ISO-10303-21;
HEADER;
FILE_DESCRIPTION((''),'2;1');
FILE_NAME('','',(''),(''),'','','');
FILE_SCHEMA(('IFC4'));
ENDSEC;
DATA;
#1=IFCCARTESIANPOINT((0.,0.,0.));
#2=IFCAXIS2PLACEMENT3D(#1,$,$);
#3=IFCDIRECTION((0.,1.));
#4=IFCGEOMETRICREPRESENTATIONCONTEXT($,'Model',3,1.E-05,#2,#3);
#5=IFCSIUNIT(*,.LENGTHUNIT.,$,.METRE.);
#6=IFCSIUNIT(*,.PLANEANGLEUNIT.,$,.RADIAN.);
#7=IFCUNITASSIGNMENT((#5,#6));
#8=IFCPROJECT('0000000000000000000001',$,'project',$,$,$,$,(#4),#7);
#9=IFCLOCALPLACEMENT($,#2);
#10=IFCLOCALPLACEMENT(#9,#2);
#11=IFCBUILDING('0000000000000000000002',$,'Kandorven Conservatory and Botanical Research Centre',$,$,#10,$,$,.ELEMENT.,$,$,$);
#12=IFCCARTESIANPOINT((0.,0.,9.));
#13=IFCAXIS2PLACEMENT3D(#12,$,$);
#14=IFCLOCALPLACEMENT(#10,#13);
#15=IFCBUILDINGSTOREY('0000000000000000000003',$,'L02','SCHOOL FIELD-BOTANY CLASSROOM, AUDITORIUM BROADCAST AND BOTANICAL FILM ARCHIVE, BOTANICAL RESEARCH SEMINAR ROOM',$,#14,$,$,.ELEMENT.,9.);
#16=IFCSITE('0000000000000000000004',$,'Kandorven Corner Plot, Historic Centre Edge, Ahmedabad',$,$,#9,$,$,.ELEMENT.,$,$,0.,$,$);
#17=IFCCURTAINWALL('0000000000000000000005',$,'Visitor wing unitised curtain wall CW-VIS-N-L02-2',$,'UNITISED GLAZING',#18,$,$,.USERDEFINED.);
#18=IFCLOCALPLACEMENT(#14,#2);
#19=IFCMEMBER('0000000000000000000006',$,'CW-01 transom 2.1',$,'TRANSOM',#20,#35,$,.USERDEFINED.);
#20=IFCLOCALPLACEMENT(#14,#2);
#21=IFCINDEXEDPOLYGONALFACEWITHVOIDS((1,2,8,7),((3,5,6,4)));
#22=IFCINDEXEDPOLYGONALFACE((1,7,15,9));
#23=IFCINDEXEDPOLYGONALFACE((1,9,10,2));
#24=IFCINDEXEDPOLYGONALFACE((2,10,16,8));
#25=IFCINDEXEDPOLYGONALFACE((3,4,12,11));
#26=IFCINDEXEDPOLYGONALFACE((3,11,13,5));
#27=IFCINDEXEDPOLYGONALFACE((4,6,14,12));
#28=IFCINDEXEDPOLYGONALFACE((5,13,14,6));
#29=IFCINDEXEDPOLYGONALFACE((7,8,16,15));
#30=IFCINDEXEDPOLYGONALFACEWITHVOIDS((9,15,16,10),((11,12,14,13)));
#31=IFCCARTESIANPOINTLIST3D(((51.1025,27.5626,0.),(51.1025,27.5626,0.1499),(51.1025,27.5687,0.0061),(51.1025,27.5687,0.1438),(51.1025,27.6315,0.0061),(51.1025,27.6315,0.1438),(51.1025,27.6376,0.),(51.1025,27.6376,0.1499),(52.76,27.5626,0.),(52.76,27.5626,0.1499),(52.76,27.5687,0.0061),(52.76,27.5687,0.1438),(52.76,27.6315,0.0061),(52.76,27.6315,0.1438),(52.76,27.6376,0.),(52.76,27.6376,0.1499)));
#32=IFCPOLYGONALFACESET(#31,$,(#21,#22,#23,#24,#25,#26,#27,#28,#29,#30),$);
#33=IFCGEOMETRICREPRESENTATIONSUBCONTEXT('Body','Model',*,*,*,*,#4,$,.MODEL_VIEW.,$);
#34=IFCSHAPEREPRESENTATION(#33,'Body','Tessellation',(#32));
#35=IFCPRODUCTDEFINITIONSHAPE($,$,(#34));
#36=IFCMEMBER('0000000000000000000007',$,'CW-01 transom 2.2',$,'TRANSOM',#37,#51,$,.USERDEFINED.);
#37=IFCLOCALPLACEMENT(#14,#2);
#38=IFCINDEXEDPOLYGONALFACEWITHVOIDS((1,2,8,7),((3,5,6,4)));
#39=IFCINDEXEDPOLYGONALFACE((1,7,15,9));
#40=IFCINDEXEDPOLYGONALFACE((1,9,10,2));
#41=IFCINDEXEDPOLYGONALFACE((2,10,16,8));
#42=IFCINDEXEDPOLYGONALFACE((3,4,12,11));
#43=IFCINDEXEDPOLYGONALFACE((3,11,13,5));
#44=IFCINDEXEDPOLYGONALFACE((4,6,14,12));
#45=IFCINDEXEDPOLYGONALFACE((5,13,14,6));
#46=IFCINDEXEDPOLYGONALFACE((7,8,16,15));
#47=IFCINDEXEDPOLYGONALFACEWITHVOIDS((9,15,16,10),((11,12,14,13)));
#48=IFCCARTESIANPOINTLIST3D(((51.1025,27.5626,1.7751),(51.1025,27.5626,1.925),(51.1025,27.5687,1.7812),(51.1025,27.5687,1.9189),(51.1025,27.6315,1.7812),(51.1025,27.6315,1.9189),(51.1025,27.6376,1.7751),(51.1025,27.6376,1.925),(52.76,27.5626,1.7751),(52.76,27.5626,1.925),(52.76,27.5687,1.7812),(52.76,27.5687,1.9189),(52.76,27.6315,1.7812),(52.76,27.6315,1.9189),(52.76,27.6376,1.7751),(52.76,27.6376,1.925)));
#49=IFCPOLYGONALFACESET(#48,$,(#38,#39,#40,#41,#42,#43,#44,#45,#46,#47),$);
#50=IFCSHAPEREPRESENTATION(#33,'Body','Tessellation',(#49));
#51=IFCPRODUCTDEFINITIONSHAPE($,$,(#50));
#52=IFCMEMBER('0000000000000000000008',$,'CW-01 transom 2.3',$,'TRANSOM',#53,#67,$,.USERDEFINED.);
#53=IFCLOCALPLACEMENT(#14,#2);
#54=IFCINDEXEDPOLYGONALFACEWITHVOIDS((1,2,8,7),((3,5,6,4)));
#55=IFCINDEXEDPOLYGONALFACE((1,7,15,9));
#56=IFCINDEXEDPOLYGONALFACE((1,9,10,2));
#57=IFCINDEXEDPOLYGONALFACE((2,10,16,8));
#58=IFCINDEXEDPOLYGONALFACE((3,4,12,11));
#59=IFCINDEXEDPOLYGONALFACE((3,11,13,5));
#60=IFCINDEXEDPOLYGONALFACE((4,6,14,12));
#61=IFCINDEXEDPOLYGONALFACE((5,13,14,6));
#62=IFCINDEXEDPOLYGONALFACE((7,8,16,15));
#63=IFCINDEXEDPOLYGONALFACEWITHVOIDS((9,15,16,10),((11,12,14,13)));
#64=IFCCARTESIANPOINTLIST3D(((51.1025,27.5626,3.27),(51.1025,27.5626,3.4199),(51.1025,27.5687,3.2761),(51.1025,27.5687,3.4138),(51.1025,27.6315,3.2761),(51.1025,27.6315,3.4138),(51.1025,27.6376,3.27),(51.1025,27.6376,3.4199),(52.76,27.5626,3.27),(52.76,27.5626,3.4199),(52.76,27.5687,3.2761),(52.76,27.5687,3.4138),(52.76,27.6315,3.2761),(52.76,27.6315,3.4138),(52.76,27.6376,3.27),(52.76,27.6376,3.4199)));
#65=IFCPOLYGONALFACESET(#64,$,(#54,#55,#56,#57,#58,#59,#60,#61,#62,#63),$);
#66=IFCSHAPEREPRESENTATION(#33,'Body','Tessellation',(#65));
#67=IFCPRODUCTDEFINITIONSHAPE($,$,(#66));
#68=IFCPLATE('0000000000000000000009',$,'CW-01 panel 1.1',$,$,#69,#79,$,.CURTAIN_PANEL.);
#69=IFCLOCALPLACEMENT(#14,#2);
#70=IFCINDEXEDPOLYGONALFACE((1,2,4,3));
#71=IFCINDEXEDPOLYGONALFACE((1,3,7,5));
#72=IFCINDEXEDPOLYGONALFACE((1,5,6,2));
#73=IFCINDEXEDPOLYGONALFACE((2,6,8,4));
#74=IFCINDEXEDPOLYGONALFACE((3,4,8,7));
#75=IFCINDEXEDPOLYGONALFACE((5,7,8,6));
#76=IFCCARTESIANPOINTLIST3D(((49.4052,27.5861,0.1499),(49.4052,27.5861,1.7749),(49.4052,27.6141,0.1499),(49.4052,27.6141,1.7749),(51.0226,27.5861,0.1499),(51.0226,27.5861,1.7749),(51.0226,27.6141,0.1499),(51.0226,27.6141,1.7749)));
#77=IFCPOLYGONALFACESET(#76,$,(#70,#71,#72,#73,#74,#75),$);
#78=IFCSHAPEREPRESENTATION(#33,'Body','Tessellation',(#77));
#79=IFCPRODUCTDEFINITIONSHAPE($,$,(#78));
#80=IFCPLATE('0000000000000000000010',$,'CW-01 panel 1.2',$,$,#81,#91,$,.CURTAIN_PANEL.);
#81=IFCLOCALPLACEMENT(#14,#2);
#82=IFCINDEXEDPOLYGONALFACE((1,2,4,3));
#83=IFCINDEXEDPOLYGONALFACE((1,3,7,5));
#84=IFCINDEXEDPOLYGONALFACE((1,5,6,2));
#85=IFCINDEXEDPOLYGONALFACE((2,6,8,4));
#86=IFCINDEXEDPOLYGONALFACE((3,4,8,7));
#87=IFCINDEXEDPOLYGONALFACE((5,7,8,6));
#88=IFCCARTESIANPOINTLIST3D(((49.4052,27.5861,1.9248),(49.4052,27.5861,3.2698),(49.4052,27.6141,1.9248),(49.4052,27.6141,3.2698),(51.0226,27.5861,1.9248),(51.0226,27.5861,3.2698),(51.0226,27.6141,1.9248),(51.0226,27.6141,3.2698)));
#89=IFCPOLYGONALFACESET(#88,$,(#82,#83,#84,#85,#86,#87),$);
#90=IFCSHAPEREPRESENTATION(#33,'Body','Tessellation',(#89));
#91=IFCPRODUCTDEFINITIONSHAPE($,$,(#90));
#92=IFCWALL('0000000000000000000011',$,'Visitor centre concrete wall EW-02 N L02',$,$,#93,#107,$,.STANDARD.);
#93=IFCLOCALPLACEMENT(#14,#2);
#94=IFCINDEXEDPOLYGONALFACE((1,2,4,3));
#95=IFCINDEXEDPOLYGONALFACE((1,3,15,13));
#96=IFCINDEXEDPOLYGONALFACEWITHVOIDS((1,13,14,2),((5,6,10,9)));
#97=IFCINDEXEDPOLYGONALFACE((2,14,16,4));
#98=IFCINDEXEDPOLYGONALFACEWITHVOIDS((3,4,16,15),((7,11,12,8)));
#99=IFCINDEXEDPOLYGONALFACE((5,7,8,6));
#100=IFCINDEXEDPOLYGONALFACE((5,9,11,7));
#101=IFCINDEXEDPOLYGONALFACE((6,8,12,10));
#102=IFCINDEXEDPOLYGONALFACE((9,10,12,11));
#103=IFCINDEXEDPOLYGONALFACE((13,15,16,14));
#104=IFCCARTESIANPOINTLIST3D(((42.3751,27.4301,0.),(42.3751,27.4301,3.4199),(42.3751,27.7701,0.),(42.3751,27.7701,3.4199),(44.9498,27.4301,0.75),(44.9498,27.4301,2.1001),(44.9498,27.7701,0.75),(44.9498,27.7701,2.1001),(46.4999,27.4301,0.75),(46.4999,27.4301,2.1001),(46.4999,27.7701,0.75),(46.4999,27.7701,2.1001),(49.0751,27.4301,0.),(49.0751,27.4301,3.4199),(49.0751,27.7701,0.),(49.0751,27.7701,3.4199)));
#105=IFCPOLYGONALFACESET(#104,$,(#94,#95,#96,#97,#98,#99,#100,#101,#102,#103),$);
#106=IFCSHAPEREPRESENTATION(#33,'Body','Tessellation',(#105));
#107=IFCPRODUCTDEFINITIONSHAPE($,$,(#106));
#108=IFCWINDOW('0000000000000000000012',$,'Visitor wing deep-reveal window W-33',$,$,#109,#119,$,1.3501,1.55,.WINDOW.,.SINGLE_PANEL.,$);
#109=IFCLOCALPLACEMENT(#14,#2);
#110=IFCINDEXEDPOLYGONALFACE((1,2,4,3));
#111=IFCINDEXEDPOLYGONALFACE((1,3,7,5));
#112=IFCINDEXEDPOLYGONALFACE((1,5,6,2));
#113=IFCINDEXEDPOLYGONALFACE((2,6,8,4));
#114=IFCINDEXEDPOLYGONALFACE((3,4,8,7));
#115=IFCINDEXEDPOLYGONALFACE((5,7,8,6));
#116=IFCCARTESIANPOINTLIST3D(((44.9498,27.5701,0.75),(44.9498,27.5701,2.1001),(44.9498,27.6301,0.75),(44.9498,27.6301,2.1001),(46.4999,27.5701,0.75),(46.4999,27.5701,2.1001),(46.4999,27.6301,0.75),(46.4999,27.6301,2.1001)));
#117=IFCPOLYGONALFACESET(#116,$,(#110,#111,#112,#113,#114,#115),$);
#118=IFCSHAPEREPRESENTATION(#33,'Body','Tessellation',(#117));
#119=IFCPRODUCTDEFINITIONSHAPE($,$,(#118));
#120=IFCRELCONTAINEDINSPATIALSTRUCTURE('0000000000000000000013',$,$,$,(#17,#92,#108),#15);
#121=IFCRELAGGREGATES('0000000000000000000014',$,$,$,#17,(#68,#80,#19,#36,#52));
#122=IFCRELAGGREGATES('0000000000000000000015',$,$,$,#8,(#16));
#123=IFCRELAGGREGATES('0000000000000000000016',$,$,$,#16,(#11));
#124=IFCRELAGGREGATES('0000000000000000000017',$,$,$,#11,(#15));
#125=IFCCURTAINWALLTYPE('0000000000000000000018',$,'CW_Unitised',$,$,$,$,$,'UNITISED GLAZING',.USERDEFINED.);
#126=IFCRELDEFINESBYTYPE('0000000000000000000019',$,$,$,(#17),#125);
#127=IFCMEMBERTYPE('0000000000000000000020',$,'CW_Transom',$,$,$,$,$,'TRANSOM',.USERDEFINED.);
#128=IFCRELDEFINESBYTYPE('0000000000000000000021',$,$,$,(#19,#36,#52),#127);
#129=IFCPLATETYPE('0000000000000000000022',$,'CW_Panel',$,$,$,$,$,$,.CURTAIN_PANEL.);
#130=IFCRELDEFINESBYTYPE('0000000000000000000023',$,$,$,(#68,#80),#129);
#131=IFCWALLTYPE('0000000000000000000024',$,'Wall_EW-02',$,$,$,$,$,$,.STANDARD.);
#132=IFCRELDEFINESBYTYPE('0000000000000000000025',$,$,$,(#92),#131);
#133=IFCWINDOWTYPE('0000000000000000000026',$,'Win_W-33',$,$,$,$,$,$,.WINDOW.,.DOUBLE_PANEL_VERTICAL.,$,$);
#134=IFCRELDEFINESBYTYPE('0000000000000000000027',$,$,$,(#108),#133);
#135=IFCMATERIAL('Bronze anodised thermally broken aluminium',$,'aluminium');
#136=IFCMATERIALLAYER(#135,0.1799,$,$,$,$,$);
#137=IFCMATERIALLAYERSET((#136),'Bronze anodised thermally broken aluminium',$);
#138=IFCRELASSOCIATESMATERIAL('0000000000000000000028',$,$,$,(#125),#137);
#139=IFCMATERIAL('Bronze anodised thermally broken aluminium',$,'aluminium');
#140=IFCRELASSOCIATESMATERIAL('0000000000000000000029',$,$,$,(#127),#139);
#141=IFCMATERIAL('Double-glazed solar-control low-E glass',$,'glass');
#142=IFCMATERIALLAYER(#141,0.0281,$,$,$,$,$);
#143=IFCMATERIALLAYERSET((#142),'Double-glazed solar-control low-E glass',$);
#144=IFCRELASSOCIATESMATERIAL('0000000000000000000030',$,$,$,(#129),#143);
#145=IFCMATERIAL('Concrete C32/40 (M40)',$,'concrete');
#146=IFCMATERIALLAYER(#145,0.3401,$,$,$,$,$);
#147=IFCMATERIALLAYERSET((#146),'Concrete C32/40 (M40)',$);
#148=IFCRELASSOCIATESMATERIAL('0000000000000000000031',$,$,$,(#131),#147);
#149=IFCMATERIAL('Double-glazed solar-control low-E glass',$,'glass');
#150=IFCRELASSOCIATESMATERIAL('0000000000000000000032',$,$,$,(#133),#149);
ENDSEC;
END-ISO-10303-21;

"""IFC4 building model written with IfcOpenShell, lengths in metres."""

from ifc_helpers import new_model, si_unit, direction, frame, frame_2d, origin, origin_2d, place, context, subcontext, project, spatial, rectangle, hollow_rectangle, extrude, material, layer, layer_set, material_profile, profile_set, type_object, element, fill, aggregate, save


model = new_model("IFC4")

# Units and contexts
model_context = context("Model", 3, precision=1e-05, world=origin(), true_north=direction((0.0, 1.0)))
body_context = subcontext(model_context, "Body", "Model", "MODEL_VIEW")
ifc_project = project(units=[si_unit("LENGTHUNIT", "METRE"), si_unit("PLANEANGLEUNIT", "RADIAN")], contexts=[model_context])

# Site, building, storey
site_placement = place(None, origin())
site = spatial("IfcSite", under=ifc_project, at=site_placement, Name="Kandorven Corner Plot, Historic Centre Edge, Ahmedabad", CompositionType="ELEMENT", RefElevation=0.0)
building_placement = place(site_placement, origin())
building = spatial("IfcBuilding", under=site, at=building_placement, Name="Kandorven Conservatory and Botanical Research Centre", CompositionType="ELEMENT")
storey_placement = place(building_placement, frame((0.0, 0.0, 9.0)))
storey = spatial("IfcBuildingStorey", under=building, at=storey_placement, Name="L02", Description="SCHOOL FIELD-BOTANY CLASSROOM, AUDITORIUM BROADCAST AND BOTANICAL FILM ARCHIVE, BOTANICAL RESEARCH SEMINAR ROOM", CompositionType="ELEMENT", Elevation=9.0)

# Curtain wall, members, plates
ifc_material_1 = material(Name="Bronze anodised thermally broken aluminium", Category="aluminium")
ifc_layer_1 = layer(ifc_material_1, 0.1799)
ifc_layer_set_1 = layer_set([ifc_layer_1], Name="Bronze anodised thermally broken aluminium")
curtain_wall_type = type_object("IfcCurtainWallType", Name="CW_Unitised", ElementType="UNITISED GLAZING", PredefinedType="USERDEFINED", material=ifc_layer_set_1)
curtain_wall_placement = place(storey_placement, origin())
curtain_wall = element("IfcCurtainWall", 1, at=curtain_wall_placement, inside=storey, type_object=curtain_wall_type, Name="Visitor wing unitised curtain wall CW-VIS-N-L02-2", ObjectType="UNITISED GLAZING", PredefinedType="USERDEFINED")
ifc_material_2 = material(Name="Bronze anodised thermally broken aluminium", Category="aluminium")
ifc_material_profile_1 = material_profile(ifc_material_2, hollow_rectangle(XDim=0.075, YDim=0.1499, WallThickness=0.0061, at=origin_2d()))
ifc_profile_set_1 = profile_set([ifc_material_profile_1], Name="Bronze anodised thermally broken aluminium")
member_type_1 = type_object("IfcMemberType", Name="CW_Transom", ElementType="TRANSOM", PredefinedType="USERDEFINED", material=ifc_profile_set_1)
member_1_placement = place(storey_placement, frame((51.1025, 27.6001, 0.075), z_axis=(1.0, 0.0, 0.0), x_axis=(0.0, 1.0, 0.0)))
member_1 = element("IfcMember", 2, at=member_1_placement, type_object=member_type_1, Name="CW-01 transom 2.1", ObjectType="TRANSOM", PredefinedType="USERDEFINED", context=body_context, shape_type="SweptSolid", body=[
    extrude(hollow_rectangle(XDim=0.075, YDim=0.1499, WallThickness=0.0061, at=origin_2d()), origin(), (0.0, 0.0, 1.0), 1.6575),
])
member_2_placement = place(storey_placement, frame((51.1025, 27.6001, 1.8501), z_axis=(1.0, 0.0, 0.0), x_axis=(0.0, 1.0, 0.0)))
member_2 = element("IfcMember", 3, at=member_2_placement, type_object=member_type_1, Name="CW-01 transom 2.2", ObjectType="TRANSOM", PredefinedType="USERDEFINED", context=body_context, shape_type="SweptSolid", body=[
    extrude(hollow_rectangle(XDim=0.075, YDim=0.1499, WallThickness=0.0061, at=origin_2d()), origin(), (0.0, 0.0, 1.0), 1.6575),
])
member_3_placement = place(storey_placement, frame((51.1025, 27.6001, 3.345), z_axis=(1.0, 0.0, 0.0), x_axis=(0.0, 1.0, 0.0)))
member_3 = element("IfcMember", 4, at=member_3_placement, type_object=member_type_1, Name="CW-01 transom 2.3", ObjectType="TRANSOM", PredefinedType="USERDEFINED", context=body_context, shape_type="SweptSolid", body=[
    extrude(hollow_rectangle(XDim=0.075, YDim=0.1499, WallThickness=0.0061, at=origin_2d()), origin(), (0.0, 0.0, 1.0), 1.6575),
])
ifc_material_3 = material(Name="Double-glazed solar-control low-E glass", Category="glass")
ifc_layer_2 = layer(ifc_material_3, 0.0281)
ifc_layer_set_2 = layer_set([ifc_layer_2], Name="Double-glazed solar-control low-E glass")
plate_type = type_object("IfcPlateType", Name="CW_Panel", PredefinedType="CURTAIN_PANEL", material=ifc_layer_set_2)
plate_1_placement = place(storey_placement, frame((50.2139, 27.6001, 0.1499), z_axis=(0.0, 0.0, 1.0), x_axis=(1.0, 0.0, 0.0)))
plate_1 = element("IfcPlate", 5, at=plate_1_placement, type_object=plate_type, Name="CW-01 panel 1.1", PredefinedType="CURTAIN_PANEL", context=body_context, shape_type="SweptSolid", body=[
    extrude(rectangle(XDim=1.6174, YDim=0.0281, at=origin_2d()), origin(), (0.0, 0.0, 1.0), 1.625),
])
plate_2_placement = place(storey_placement, frame((50.2139, 27.6001, 1.9248), z_axis=(0.0, 0.0, 1.0), x_axis=(1.0, 0.0, 0.0)))
plate_2 = element("IfcPlate", 6, at=plate_2_placement, type_object=plate_type, Name="CW-01 panel 1.2", PredefinedType="CURTAIN_PANEL", context=body_context, shape_type="SweptSolid", body=[
    extrude(rectangle(XDim=1.6174, YDim=0.0281, at=origin_2d()), origin(), (0.0, 0.0, 1.0), 1.345),
])
aggregate(curtain_wall, [plate_1, plate_2, member_1, member_2, member_3])

# Wall, opening, window
ifc_material_4 = material(Name="Concrete C32/40 (M40)", Category="concrete")
ifc_layer_3 = layer(ifc_material_4, 0.3401)
ifc_layer_set_3 = layer_set([ifc_layer_3], Name="Concrete C32/40 (M40)")
wall_type = type_object("IfcWallType", Name="Wall_EW-02", PredefinedType="STANDARD", material=ifc_layer_set_3)
wall_placement = place(storey_placement, frame((42.375, 27.6001, 0.0), z_axis=(0.0, 0.0, 1.0), x_axis=(1.0, 0.0, 0.0)))
wall = element("IfcWall", 7, at=wall_placement, inside=storey, type_object=wall_type, Name="Visitor centre concrete wall EW-02 N L02", PredefinedType="STANDARD", context=body_context, shape_type="SweptSolid", body=[
    extrude(rectangle(XDim=6.7, YDim=0.3401, at=frame_2d((3.3501, 0.0))), origin(), (0.0, 0.0, 1.0), 3.4199),
])
opening_placement = place(wall_placement, frame((2.575, 0.0, 0.75)))
opening = element("IfcOpeningElement", 8, at=opening_placement, cuts=wall, PredefinedType="OPENING", context=body_context, shape_type="SweptSolid", body=[
    extrude(rectangle(XDim=1.55, YDim=1.3501, at=frame_2d((0.7749, 0.675))), frame((0.0, 0.1799, 0.0), z_axis=(0.0, -1.0, 0.0), x_axis=(1.0, 0.0, 0.0)), (0.0, 0.0, 1.0), 0.3601),
])
ifc_material_5 = material(Name="Double-glazed solar-control low-E glass", Category="glass")
window_type = type_object("IfcWindowType", Name="Win_W-33", PartitioningType="DOUBLE_PANEL_VERTICAL", PredefinedType="WINDOW", material=ifc_material_5)
window_placement = place(opening_placement, origin())
window = element("IfcWindow", 9, at=window_placement, inside=storey, type_object=window_type, Name="Visitor wing deep-reveal window W-33", OverallHeight=1.3501, OverallWidth=1.55, PartitioningType="SINGLE_PANEL", PredefinedType="WINDOW", context=body_context, shape_type="SweptSolid", body=[
    extrude(rectangle(XDim=1.55, YDim=1.3501, at=frame_2d((0.7749, 0.675))), frame((0.0, 0.03, 0.0), z_axis=(0.0, -1.0, 0.0), x_axis=(1.0, 0.0, 0.0)), (0.0, 0.0, 1.0), 0.0601),
])
fill(opening, window)

save(model, "model.ifc")
